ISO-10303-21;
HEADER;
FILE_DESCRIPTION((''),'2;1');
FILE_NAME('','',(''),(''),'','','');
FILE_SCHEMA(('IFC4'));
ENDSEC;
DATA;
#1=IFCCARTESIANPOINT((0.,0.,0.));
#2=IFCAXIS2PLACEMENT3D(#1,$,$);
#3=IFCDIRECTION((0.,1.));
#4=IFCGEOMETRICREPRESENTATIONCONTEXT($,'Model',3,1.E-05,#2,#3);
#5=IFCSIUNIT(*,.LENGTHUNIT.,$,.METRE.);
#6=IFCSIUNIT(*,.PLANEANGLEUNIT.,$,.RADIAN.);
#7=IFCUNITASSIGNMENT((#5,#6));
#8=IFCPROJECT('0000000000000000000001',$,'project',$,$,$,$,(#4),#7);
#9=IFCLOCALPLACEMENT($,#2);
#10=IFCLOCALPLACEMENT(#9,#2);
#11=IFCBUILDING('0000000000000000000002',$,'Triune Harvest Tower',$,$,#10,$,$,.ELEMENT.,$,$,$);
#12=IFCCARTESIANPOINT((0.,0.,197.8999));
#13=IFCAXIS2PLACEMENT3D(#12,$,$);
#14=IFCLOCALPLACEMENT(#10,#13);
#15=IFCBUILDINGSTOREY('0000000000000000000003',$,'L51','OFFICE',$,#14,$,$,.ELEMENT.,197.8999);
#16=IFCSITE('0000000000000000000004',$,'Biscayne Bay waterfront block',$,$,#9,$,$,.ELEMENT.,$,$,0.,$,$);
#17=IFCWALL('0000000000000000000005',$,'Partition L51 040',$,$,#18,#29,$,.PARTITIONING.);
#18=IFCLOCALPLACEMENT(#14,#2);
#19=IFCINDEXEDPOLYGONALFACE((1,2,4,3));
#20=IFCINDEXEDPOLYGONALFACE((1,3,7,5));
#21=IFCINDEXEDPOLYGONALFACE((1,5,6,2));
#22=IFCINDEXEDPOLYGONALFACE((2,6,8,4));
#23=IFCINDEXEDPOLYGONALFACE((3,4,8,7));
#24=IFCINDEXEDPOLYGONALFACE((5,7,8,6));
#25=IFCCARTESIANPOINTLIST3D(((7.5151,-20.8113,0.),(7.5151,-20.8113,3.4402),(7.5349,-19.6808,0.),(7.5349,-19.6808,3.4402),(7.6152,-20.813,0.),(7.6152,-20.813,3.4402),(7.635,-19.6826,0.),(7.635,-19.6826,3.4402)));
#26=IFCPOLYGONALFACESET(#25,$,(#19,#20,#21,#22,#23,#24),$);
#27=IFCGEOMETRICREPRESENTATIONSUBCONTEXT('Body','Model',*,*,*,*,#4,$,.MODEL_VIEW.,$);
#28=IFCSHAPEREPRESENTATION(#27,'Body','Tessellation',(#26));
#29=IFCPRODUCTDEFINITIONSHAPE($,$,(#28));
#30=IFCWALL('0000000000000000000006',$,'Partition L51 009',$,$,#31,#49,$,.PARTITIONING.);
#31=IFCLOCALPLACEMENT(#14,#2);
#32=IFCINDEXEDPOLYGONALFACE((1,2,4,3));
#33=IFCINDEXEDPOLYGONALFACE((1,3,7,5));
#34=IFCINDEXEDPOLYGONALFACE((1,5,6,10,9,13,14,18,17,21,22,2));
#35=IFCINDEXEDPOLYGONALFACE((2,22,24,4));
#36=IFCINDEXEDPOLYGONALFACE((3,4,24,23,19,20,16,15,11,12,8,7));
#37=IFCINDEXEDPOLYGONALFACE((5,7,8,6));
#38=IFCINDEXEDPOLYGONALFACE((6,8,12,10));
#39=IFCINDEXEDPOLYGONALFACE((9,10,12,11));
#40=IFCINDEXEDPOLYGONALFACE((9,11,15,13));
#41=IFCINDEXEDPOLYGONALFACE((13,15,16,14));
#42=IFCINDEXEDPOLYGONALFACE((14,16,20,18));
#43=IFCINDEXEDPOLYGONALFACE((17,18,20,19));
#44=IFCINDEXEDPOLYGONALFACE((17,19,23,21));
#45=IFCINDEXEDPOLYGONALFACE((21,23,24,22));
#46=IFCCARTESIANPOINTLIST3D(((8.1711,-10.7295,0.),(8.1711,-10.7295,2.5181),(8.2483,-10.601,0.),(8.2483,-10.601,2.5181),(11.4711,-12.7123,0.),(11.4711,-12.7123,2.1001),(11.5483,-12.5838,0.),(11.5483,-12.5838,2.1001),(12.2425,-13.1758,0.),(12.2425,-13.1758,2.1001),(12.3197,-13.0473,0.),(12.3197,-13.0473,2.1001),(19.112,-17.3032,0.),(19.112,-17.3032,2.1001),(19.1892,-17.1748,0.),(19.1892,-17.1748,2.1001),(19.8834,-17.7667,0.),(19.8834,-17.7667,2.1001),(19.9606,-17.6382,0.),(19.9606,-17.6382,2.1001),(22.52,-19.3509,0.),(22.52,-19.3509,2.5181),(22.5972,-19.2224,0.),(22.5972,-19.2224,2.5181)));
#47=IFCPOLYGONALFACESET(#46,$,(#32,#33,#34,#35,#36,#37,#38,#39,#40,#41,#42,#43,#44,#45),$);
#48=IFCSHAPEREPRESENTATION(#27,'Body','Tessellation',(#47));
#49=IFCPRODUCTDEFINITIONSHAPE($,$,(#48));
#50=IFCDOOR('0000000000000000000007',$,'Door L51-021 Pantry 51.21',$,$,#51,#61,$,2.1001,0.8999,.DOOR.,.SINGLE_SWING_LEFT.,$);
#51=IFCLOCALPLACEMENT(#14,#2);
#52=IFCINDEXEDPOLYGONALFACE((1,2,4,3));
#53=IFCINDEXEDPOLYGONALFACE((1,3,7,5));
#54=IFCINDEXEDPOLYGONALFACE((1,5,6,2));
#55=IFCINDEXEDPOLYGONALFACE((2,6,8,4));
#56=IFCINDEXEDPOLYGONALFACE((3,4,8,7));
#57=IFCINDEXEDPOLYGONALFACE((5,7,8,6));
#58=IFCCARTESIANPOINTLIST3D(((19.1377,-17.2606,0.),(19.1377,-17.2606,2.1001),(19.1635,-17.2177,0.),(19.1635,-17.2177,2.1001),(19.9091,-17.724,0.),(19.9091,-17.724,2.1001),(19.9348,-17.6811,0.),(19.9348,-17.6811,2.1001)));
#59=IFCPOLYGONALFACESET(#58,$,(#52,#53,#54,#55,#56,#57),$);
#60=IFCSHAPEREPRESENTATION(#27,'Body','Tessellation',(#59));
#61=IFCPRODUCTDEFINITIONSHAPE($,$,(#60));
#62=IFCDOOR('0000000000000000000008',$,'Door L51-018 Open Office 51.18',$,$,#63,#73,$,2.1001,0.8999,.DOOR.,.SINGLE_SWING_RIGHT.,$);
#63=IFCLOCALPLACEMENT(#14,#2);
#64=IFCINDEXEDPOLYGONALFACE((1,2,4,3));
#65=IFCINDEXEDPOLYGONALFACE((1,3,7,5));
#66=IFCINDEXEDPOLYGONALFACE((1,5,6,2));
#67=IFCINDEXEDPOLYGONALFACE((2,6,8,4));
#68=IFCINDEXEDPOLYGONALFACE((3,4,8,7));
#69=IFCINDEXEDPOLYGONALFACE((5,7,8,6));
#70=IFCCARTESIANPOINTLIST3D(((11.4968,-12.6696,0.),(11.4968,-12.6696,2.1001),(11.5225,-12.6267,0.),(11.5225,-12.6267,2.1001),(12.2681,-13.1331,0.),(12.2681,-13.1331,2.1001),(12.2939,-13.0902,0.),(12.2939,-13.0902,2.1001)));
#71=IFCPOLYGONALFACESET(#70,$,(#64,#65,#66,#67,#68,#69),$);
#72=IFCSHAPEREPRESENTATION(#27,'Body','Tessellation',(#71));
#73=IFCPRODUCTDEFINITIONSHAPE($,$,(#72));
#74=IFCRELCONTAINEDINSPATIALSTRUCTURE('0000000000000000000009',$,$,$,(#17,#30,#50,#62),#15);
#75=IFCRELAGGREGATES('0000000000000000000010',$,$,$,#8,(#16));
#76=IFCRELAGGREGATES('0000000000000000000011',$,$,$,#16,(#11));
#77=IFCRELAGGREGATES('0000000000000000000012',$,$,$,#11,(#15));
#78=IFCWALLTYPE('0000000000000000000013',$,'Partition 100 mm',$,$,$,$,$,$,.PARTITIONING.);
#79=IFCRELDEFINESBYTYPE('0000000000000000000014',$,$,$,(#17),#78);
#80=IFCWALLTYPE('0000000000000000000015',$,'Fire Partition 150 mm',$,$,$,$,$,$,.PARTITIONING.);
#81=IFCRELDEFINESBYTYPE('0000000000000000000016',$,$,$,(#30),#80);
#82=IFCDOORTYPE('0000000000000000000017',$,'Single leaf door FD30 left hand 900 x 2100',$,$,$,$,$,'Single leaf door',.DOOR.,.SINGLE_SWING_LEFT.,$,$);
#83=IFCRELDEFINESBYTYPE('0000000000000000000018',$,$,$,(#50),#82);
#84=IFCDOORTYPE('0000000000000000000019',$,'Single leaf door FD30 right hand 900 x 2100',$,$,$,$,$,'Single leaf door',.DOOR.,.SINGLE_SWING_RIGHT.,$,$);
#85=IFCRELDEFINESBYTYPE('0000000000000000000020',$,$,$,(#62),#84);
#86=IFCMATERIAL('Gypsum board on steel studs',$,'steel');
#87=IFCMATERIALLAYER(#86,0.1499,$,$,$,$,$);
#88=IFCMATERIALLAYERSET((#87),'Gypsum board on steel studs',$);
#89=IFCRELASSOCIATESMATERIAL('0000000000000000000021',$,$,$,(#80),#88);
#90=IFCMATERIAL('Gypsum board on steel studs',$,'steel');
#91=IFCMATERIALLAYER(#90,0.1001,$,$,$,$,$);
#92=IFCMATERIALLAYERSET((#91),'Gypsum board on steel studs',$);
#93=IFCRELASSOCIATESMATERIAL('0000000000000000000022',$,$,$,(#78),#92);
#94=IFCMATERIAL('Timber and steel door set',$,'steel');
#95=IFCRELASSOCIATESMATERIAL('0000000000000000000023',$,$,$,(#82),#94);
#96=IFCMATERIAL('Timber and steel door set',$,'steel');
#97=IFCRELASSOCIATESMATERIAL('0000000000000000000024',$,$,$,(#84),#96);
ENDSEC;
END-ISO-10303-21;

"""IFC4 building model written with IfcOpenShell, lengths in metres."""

from ifc_helpers import new_model, si_unit, direction, frame, frame_2d, origin, place, context, subcontext, project, spatial, rectangle, extrude, source, transform, mapped, material, layer, layer_set, type_object, element, fill, save


model = new_model("IFC4")

# Units and contexts
model_context = context("Model", 3, precision=1e-05, world=origin(), true_north=direction((0.0, 1.0)))
body_context = subcontext(model_context, "Body", "Model", "MODEL_VIEW")
ifc_project = project(units=[si_unit("LENGTHUNIT", "METRE"), si_unit("PLANEANGLEUNIT", "RADIAN")], contexts=[model_context])

# Site, building, storey
site_placement = place(None, origin())
site = spatial("IfcSite", under=ifc_project, at=site_placement, Name="Biscayne Bay waterfront block", CompositionType="ELEMENT", RefElevation=0.0)
building_placement = place(site_placement, origin())
building = spatial("IfcBuilding", under=site, at=building_placement, Name="Triune Harvest Tower", CompositionType="ELEMENT")
storey_placement = place(building_placement, frame((0.0, 0.0, 197.8999)))
storey = spatial("IfcBuildingStorey", under=building, at=storey_placement, Name="L51", Description="OFFICE", CompositionType="ELEMENT", Elevation=197.8999)

# Wall
ifc_material_1 = material(Name="Gypsum board on steel studs", Category="steel")
ifc_layer_1 = layer(ifc_material_1, 0.1499)
ifc_layer_set_1 = layer_set([ifc_layer_1], Name="Gypsum board on steel studs")
wall_type_1 = type_object("IfcWallType", Name="Fire Partition 150 mm", PredefinedType="PARTITIONING", material=ifc_layer_set_1)
ifc_material_2 = material(Name="Gypsum board on steel studs", Category="steel")
ifc_layer_2 = layer(ifc_material_2, 0.1001)
ifc_layer_set_2 = layer_set([ifc_layer_2], Name="Gypsum board on steel studs")
wall_type_2 = type_object("IfcWallType", Name="Partition 100 mm", PredefinedType="PARTITIONING", material=ifc_layer_set_2)
shared_shape_1 = source(origin(), body_context, "Body", "SweptSolid", [
    extrude(rectangle(XDim=1.1306, YDim=0.1001, at=frame_2d((0.5654, 0.0))), origin(), (0.0, 0.0, 1.0), 3.4402),
])
wall_1_placement = place(storey_placement, frame((7.5652, -20.8123, 0.0), z_axis=(0.0, 0.0, 1.0), x_axis=(0.017492, 0.999847, 0.0)))
element("IfcWall", 1, at=wall_1_placement, inside=storey, type_object=wall_type_2, Name="Partition L51 040", PredefinedType="PARTITIONING", context=body_context, shape_type="MappedRepresentation", body=[
    mapped(shared_shape_1, transform((0.0, 0.0, 0.0), scale=1.0)),
])

# Wall, openings, doors
shared_shape_2 = source(origin(), body_context, "Body", "SweptSolid", [
    extrude(rectangle(XDim=16.7397, YDim=0.1499, at=frame_2d((8.3699, 0.0))), origin(), (0.0, 0.0, 1.0), 2.5181),
])
wall_2_placement = place(storey_placement, frame((8.2097, -10.6653, 0.0), z_axis=(0.0, 0.0, 1.0), x_axis=(0.857176, -0.515023, 0.0)))
wall_2 = element("IfcWall", 2, at=wall_2_placement, inside=storey, type_object=wall_type_1, Name="Partition L51 009", PredefinedType="PARTITIONING", context=body_context, shape_type="MappedRepresentation", body=[
    mapped(shared_shape_2, transform((0.0, 0.0, 0.0), scale=1.0)),
])
opening_1_placement = place(wall_2_placement, frame((3.8499, 0.0, 0.0)))
opening_1 = element("IfcOpeningElement", 3, at=opening_1_placement, cuts=wall_2, PredefinedType="OPENING", context=body_context, shape_type="SweptSolid", body=[
    extrude(rectangle(XDim=0.8999, YDim=2.1001, at=frame_2d((0.45, 1.05))), frame((0.0, 0.085, 0.0), z_axis=(0.0, -1.0, 0.0), x_axis=(1.0, 0.0, 0.0)), (0.0, 0.0, 1.0), 0.1699),
])
opening_2_placement = place(wall_2_placement, frame((12.7639, 0.0, 0.0)))
opening_2 = element("IfcOpeningElement", 4, at=opening_2_placement, cuts=wall_2, PredefinedType="OPENING", context=body_context, shape_type="SweptSolid", body=[
    extrude(rectangle(XDim=0.8999, YDim=2.1001, at=frame_2d((0.45, 1.05))), frame((0.0, 0.085, 0.0), z_axis=(0.0, -1.0, 0.0), x_axis=(1.0, 0.0, 0.0)), (0.0, 0.0, 1.0), 0.1699),
])
ifc_material_3 = material(Name="Timber and steel door set", Category="steel")
door_type_1 = type_object("IfcDoorType", Name="Single leaf door FD30 left hand 900 x 2100", ElementType="Single leaf door", OperationType="SINGLE_SWING_LEFT", PredefinedType="DOOR", material=ifc_material_3)
door_1_placement = place(opening_2_placement, origin())
door_1 = element("IfcDoor", 5, at=door_1_placement, inside=storey, type_object=door_type_1, Name="Door L51-021 Pantry 51.21", OperationType="SINGLE_SWING_LEFT", OverallHeight=2.1001, OverallWidth=0.8999, PredefinedType="DOOR", context=body_context, shape_type="SweptSolid", body=[
    extrude(rectangle(XDim=0.8999, YDim=2.1001, at=frame_2d((0.45, 1.05))), frame((0.0, 0.0249, 0.0), z_axis=(0.0, -1.0, 0.0), x_axis=(1.0, 0.0, 0.0)), (0.0, 0.0, 1.0), 0.05),
])
fill(opening_2, door_1)
ifc_material_4 = material(Name="Timber and steel door set", Category="steel")
door_type_2 = type_object("IfcDoorType", Name="Single leaf door FD30 right hand 900 x 2100", ElementType="Single leaf door", OperationType="SINGLE_SWING_RIGHT", PredefinedType="DOOR", material=ifc_material_4)
door_2_placement = place(opening_1_placement, origin())
door_2 = element("IfcDoor", 6, at=door_2_placement, inside=storey, type_object=door_type_2, Name="Door L51-018 Open Office 51.18", OperationType="SINGLE_SWING_RIGHT", OverallHeight=2.1001, OverallWidth=0.8999, PredefinedType="DOOR", context=body_context, shape_type="SweptSolid", body=[
    extrude(rectangle(XDim=0.8999, YDim=2.1001, at=frame_2d((0.45, 1.05))), frame((0.0, 0.0249, 0.0), z_axis=(0.0, -1.0, 0.0), x_axis=(1.0, 0.0, 0.0)), (0.0, 0.0, 1.0), 0.05),
])
fill(opening_1, door_2)

save(model, "model.ifc")
